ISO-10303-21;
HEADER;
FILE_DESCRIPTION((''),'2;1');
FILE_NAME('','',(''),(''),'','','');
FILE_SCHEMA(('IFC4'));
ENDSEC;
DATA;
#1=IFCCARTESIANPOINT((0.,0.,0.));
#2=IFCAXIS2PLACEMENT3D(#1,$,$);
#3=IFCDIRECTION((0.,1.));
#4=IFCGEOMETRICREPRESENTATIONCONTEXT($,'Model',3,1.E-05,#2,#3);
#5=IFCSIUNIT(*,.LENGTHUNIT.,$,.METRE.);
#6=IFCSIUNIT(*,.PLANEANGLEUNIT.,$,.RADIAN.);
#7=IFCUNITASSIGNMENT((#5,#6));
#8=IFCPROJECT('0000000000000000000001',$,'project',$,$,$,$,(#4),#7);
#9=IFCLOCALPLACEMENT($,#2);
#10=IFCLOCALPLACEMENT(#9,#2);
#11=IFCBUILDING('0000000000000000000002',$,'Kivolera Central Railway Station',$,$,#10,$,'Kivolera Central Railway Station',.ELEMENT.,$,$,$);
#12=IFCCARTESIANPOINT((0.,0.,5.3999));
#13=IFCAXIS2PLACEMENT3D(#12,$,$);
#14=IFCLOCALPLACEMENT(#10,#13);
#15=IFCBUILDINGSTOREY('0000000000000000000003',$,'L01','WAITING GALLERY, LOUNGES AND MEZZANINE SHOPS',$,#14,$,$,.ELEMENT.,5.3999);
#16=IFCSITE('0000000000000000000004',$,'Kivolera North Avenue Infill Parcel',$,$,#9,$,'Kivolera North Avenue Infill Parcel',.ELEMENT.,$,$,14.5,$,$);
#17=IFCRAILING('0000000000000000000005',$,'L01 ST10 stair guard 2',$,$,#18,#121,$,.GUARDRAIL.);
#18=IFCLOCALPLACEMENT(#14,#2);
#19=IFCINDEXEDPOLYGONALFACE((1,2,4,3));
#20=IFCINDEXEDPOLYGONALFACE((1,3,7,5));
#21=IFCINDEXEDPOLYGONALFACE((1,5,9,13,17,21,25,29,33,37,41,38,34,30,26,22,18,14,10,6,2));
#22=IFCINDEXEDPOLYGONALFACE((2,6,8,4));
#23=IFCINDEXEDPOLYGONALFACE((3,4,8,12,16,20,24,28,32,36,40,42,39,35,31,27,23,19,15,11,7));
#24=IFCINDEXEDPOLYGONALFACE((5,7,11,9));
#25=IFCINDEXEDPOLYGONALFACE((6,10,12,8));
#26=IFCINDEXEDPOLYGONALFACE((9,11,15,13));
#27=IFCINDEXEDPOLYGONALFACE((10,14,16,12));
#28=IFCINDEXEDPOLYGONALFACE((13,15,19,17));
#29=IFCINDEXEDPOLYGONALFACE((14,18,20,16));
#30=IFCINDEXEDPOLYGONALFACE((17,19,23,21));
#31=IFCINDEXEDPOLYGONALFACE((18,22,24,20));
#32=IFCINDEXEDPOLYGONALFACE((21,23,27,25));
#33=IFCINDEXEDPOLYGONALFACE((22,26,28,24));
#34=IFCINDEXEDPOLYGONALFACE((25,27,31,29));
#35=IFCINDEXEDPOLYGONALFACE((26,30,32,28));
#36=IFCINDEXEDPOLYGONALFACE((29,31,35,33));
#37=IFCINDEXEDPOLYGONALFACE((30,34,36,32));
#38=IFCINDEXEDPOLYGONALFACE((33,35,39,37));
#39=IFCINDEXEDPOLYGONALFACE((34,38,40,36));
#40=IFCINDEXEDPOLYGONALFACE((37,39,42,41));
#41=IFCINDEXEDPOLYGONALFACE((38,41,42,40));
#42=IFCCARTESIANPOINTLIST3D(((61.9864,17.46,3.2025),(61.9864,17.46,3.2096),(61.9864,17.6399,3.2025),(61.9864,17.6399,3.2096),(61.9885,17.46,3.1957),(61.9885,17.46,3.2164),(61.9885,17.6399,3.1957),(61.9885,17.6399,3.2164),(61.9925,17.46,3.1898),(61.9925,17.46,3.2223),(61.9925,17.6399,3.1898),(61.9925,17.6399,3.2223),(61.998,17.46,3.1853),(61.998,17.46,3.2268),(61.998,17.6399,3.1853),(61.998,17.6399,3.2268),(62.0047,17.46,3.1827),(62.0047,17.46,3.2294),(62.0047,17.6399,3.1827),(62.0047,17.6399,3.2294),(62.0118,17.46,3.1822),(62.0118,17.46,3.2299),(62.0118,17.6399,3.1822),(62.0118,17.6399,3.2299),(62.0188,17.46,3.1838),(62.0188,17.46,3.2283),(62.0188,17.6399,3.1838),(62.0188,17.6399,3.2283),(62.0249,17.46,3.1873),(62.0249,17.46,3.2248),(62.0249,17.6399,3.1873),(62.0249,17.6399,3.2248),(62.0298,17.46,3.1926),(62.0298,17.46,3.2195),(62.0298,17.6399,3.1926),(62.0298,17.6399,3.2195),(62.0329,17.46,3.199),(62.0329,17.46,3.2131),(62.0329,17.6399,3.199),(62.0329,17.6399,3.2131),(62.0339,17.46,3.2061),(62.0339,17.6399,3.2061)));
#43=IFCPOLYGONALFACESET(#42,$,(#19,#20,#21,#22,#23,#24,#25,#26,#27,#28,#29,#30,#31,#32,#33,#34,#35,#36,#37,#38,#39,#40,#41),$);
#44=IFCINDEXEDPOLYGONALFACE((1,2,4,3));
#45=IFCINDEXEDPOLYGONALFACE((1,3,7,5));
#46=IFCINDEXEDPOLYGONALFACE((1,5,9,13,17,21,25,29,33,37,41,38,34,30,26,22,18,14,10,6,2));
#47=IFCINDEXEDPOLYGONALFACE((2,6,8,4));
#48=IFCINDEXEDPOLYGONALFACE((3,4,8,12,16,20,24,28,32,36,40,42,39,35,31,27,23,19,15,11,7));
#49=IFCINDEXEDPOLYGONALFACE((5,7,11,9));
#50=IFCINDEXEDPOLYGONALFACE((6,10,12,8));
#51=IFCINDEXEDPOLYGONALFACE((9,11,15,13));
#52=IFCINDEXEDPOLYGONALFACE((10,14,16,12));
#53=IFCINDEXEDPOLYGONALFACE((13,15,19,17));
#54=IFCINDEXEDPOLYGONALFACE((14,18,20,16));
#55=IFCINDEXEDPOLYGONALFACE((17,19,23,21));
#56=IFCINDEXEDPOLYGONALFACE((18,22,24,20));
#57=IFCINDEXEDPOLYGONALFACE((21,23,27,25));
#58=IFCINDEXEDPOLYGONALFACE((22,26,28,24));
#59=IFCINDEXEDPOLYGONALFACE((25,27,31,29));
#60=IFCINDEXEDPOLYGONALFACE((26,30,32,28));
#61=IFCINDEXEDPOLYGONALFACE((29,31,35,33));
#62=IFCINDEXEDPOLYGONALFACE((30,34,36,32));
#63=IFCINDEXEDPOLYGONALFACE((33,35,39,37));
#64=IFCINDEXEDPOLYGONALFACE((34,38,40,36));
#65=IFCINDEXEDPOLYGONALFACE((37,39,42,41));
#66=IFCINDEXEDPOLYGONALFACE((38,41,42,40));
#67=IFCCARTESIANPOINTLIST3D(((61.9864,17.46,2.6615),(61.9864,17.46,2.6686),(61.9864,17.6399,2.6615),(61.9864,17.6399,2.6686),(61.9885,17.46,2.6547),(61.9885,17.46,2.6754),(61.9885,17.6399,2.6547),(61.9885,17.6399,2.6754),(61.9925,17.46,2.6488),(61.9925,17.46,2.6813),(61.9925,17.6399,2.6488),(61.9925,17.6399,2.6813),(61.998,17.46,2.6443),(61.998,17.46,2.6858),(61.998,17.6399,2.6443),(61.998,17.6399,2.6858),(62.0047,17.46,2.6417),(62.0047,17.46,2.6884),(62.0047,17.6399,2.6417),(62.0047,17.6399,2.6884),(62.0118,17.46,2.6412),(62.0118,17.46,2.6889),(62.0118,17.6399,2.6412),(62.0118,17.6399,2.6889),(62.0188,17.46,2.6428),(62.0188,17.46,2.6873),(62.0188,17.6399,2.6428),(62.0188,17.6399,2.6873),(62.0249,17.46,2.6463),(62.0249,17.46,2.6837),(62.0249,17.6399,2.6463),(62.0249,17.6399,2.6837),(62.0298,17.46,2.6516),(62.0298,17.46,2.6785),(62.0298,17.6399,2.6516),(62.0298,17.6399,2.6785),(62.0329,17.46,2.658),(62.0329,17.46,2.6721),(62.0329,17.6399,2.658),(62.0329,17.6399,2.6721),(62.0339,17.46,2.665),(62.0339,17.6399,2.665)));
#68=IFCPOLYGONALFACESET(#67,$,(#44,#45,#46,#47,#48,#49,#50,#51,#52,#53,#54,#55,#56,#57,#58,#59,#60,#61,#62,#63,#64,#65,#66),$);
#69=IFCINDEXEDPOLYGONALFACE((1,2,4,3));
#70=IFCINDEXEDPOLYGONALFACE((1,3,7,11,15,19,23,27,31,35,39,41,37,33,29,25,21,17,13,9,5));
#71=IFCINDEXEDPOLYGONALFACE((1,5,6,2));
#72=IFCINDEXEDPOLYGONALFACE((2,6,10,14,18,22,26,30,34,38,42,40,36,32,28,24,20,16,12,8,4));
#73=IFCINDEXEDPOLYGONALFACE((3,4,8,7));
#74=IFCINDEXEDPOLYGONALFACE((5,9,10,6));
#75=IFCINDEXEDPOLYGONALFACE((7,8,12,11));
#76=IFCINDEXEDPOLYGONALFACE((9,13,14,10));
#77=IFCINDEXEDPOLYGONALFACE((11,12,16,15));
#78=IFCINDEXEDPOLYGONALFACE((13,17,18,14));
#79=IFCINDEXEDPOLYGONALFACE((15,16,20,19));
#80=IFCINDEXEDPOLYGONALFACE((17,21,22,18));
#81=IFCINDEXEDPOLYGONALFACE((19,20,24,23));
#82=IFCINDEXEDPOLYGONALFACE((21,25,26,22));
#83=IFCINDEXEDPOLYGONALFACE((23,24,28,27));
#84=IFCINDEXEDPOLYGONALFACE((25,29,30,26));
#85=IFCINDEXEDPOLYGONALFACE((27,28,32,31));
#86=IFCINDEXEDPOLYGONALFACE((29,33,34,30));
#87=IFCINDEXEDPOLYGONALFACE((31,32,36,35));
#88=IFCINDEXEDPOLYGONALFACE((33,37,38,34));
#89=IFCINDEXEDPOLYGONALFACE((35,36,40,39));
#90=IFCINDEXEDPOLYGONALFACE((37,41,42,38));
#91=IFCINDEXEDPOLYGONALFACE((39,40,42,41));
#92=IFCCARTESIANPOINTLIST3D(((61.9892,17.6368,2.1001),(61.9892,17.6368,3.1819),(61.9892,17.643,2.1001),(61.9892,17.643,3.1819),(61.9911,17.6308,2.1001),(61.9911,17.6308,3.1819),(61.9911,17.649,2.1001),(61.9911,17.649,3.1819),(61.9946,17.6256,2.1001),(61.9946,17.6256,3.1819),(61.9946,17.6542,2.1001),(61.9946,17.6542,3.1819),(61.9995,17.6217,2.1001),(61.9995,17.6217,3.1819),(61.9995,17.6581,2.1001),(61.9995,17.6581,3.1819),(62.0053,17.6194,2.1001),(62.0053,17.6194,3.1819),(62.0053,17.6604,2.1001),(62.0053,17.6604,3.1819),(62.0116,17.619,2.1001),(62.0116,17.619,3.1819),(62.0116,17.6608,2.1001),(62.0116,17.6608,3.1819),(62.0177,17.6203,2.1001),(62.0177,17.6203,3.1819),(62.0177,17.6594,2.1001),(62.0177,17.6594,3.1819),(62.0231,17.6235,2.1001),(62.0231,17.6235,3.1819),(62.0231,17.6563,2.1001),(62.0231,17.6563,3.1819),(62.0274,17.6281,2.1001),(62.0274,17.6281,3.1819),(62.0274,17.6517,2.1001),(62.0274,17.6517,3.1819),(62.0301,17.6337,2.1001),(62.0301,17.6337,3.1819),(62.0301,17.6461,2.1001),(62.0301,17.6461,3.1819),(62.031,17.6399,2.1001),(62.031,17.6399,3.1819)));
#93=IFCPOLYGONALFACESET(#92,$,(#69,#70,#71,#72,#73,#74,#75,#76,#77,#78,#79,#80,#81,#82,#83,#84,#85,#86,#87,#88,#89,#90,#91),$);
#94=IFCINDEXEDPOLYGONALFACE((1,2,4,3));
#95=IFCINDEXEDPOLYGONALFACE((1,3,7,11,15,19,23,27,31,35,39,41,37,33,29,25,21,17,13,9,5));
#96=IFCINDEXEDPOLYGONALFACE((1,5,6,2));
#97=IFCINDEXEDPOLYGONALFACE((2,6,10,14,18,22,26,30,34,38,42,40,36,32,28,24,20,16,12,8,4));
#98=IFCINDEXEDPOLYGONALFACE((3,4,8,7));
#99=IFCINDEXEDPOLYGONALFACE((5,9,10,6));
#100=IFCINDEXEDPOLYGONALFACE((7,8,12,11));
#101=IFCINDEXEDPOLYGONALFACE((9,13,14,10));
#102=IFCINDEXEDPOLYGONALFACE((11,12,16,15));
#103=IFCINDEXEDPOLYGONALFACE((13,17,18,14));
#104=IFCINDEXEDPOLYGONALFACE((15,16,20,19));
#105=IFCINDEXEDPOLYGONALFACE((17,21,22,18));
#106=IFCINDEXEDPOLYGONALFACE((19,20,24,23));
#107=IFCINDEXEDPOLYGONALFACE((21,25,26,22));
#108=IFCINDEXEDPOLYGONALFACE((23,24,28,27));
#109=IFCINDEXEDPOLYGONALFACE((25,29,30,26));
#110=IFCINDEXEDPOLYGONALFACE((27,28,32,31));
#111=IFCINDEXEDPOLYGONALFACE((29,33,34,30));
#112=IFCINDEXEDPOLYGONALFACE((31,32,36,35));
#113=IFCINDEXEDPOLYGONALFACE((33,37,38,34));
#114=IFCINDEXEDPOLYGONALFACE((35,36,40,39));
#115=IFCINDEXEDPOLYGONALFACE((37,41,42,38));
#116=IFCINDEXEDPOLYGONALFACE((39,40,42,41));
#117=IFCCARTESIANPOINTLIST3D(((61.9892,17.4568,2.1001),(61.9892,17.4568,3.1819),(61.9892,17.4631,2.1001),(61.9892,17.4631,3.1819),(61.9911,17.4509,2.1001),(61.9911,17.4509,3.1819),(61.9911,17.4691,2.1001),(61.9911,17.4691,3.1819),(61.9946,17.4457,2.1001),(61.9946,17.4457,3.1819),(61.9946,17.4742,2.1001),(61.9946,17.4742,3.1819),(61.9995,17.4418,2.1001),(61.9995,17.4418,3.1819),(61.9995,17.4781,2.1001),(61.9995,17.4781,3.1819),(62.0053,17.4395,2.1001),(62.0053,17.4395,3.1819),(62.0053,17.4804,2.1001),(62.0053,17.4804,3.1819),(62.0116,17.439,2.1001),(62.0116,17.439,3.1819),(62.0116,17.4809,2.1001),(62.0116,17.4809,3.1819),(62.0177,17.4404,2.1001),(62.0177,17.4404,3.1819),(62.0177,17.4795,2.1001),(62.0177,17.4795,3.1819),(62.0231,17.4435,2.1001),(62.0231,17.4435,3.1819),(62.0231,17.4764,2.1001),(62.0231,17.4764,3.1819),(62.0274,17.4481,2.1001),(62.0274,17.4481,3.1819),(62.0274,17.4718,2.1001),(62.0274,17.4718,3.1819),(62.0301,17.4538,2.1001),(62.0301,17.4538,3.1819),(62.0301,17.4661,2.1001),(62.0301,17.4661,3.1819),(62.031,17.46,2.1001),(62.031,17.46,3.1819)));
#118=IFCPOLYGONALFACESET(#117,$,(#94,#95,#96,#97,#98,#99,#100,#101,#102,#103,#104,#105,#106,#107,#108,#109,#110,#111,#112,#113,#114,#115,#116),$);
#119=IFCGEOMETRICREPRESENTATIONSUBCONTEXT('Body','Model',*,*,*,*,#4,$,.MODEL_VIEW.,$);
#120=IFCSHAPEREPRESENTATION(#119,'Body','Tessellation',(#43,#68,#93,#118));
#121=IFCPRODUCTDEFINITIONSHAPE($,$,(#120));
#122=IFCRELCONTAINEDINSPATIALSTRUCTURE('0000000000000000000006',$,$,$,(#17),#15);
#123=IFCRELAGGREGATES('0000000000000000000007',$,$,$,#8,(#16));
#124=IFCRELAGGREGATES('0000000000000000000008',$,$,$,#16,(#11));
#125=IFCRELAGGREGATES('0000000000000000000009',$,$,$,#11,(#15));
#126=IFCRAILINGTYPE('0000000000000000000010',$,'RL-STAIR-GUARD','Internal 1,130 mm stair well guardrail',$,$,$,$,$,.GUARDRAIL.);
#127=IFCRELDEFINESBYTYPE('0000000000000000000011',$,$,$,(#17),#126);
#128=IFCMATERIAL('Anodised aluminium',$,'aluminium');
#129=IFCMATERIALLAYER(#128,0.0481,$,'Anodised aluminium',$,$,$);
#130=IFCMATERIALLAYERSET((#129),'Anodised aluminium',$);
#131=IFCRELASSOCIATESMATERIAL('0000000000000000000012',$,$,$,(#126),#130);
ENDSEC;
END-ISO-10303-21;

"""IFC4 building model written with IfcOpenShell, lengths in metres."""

from ifc_helpers import new_model, si_unit, direction, frame, origin, origin_2d, place, context, subcontext, project, spatial, circle, extrude, material, layer, layer_set, type_object, element, save


model = new_model("IFC4")

# Units and contexts
model_context = context("Model", 3, precision=1e-05, world=origin(), true_north=direction((0.0, 1.0)))
body_context = subcontext(model_context, "Body", "Model", "MODEL_VIEW")
ifc_project = project(units=[si_unit("LENGTHUNIT", "METRE"), si_unit("PLANEANGLEUNIT", "RADIAN")], contexts=[model_context])

# Site, building, storey
site_placement = place(None, origin())
site = spatial("IfcSite", under=ifc_project, at=site_placement, Name="Kivolera North Avenue Infill Parcel", LongName="Kivolera North Avenue Infill Parcel", CompositionType="ELEMENT", RefElevation=14.5)
building_placement = place(site_placement, origin())
building = spatial("IfcBuilding", under=site, at=building_placement, Name="Kivolera Central Railway Station", LongName="Kivolera Central Railway Station", CompositionType="ELEMENT")
storey_placement = place(building_placement, frame((0.0, 0.0, 5.3999)))
storey = spatial("IfcBuildingStorey", under=building, at=storey_placement, Name="L01", Description="WAITING GALLERY, LOUNGES AND MEZZANINE SHOPS", CompositionType="ELEMENT", Elevation=5.3999)

# Railing
ifc_material_1 = material(Name="Anodised aluminium", Category="aluminium")
ifc_layer_1 = layer(ifc_material_1, 0.0481, Name="Anodised aluminium")
ifc_layer_set_1 = layer_set([ifc_layer_1], Name="Anodised aluminium")
railing_type_1 = type_object("IfcRailingType", Name="RL-STAIR-GUARD", Description="Internal 1,130 mm stair well guardrail", PredefinedType="GUARDRAIL", material=ifc_layer_set_1)
railing_1_placement = place(storey_placement, frame((62.01, 17.6399, 2.1001)))
element("IfcRailing", 1, at=railing_1_placement, inside=storey, type_object=railing_type_1, Name="L01 ST10 stair guard 2", PredefinedType="GUARDRAIL", context=body_context, shape_type="SweptSolid", body=[
    extrude(circle(Radius=0.0239, at=origin_2d()), frame((0.0, 0.0, 1.106), z_axis=(0.0, -1.0, 0.0), x_axis=(1.0, 0.0, 0.0)), (0.0, 0.0, 1.0), 0.1799),
    extrude(circle(Radius=0.0239, at=origin_2d()), frame((0.0, 0.0, 0.5649), z_axis=(0.0, -1.0, 0.0), x_axis=(1.0, 0.0, 0.0)), (0.0, 0.0, 1.0), 0.1799),
    extrude(circle(Radius=0.021, at=origin_2d()), origin(), (0.0, 0.0, 1.0), 1.0818),
    extrude(circle(Radius=0.021, at=origin_2d()), frame((0.0, -0.1799, 0.0)), (0.0, 0.0, 1.0), 1.0818),
])

save(model, "model.ifc")
